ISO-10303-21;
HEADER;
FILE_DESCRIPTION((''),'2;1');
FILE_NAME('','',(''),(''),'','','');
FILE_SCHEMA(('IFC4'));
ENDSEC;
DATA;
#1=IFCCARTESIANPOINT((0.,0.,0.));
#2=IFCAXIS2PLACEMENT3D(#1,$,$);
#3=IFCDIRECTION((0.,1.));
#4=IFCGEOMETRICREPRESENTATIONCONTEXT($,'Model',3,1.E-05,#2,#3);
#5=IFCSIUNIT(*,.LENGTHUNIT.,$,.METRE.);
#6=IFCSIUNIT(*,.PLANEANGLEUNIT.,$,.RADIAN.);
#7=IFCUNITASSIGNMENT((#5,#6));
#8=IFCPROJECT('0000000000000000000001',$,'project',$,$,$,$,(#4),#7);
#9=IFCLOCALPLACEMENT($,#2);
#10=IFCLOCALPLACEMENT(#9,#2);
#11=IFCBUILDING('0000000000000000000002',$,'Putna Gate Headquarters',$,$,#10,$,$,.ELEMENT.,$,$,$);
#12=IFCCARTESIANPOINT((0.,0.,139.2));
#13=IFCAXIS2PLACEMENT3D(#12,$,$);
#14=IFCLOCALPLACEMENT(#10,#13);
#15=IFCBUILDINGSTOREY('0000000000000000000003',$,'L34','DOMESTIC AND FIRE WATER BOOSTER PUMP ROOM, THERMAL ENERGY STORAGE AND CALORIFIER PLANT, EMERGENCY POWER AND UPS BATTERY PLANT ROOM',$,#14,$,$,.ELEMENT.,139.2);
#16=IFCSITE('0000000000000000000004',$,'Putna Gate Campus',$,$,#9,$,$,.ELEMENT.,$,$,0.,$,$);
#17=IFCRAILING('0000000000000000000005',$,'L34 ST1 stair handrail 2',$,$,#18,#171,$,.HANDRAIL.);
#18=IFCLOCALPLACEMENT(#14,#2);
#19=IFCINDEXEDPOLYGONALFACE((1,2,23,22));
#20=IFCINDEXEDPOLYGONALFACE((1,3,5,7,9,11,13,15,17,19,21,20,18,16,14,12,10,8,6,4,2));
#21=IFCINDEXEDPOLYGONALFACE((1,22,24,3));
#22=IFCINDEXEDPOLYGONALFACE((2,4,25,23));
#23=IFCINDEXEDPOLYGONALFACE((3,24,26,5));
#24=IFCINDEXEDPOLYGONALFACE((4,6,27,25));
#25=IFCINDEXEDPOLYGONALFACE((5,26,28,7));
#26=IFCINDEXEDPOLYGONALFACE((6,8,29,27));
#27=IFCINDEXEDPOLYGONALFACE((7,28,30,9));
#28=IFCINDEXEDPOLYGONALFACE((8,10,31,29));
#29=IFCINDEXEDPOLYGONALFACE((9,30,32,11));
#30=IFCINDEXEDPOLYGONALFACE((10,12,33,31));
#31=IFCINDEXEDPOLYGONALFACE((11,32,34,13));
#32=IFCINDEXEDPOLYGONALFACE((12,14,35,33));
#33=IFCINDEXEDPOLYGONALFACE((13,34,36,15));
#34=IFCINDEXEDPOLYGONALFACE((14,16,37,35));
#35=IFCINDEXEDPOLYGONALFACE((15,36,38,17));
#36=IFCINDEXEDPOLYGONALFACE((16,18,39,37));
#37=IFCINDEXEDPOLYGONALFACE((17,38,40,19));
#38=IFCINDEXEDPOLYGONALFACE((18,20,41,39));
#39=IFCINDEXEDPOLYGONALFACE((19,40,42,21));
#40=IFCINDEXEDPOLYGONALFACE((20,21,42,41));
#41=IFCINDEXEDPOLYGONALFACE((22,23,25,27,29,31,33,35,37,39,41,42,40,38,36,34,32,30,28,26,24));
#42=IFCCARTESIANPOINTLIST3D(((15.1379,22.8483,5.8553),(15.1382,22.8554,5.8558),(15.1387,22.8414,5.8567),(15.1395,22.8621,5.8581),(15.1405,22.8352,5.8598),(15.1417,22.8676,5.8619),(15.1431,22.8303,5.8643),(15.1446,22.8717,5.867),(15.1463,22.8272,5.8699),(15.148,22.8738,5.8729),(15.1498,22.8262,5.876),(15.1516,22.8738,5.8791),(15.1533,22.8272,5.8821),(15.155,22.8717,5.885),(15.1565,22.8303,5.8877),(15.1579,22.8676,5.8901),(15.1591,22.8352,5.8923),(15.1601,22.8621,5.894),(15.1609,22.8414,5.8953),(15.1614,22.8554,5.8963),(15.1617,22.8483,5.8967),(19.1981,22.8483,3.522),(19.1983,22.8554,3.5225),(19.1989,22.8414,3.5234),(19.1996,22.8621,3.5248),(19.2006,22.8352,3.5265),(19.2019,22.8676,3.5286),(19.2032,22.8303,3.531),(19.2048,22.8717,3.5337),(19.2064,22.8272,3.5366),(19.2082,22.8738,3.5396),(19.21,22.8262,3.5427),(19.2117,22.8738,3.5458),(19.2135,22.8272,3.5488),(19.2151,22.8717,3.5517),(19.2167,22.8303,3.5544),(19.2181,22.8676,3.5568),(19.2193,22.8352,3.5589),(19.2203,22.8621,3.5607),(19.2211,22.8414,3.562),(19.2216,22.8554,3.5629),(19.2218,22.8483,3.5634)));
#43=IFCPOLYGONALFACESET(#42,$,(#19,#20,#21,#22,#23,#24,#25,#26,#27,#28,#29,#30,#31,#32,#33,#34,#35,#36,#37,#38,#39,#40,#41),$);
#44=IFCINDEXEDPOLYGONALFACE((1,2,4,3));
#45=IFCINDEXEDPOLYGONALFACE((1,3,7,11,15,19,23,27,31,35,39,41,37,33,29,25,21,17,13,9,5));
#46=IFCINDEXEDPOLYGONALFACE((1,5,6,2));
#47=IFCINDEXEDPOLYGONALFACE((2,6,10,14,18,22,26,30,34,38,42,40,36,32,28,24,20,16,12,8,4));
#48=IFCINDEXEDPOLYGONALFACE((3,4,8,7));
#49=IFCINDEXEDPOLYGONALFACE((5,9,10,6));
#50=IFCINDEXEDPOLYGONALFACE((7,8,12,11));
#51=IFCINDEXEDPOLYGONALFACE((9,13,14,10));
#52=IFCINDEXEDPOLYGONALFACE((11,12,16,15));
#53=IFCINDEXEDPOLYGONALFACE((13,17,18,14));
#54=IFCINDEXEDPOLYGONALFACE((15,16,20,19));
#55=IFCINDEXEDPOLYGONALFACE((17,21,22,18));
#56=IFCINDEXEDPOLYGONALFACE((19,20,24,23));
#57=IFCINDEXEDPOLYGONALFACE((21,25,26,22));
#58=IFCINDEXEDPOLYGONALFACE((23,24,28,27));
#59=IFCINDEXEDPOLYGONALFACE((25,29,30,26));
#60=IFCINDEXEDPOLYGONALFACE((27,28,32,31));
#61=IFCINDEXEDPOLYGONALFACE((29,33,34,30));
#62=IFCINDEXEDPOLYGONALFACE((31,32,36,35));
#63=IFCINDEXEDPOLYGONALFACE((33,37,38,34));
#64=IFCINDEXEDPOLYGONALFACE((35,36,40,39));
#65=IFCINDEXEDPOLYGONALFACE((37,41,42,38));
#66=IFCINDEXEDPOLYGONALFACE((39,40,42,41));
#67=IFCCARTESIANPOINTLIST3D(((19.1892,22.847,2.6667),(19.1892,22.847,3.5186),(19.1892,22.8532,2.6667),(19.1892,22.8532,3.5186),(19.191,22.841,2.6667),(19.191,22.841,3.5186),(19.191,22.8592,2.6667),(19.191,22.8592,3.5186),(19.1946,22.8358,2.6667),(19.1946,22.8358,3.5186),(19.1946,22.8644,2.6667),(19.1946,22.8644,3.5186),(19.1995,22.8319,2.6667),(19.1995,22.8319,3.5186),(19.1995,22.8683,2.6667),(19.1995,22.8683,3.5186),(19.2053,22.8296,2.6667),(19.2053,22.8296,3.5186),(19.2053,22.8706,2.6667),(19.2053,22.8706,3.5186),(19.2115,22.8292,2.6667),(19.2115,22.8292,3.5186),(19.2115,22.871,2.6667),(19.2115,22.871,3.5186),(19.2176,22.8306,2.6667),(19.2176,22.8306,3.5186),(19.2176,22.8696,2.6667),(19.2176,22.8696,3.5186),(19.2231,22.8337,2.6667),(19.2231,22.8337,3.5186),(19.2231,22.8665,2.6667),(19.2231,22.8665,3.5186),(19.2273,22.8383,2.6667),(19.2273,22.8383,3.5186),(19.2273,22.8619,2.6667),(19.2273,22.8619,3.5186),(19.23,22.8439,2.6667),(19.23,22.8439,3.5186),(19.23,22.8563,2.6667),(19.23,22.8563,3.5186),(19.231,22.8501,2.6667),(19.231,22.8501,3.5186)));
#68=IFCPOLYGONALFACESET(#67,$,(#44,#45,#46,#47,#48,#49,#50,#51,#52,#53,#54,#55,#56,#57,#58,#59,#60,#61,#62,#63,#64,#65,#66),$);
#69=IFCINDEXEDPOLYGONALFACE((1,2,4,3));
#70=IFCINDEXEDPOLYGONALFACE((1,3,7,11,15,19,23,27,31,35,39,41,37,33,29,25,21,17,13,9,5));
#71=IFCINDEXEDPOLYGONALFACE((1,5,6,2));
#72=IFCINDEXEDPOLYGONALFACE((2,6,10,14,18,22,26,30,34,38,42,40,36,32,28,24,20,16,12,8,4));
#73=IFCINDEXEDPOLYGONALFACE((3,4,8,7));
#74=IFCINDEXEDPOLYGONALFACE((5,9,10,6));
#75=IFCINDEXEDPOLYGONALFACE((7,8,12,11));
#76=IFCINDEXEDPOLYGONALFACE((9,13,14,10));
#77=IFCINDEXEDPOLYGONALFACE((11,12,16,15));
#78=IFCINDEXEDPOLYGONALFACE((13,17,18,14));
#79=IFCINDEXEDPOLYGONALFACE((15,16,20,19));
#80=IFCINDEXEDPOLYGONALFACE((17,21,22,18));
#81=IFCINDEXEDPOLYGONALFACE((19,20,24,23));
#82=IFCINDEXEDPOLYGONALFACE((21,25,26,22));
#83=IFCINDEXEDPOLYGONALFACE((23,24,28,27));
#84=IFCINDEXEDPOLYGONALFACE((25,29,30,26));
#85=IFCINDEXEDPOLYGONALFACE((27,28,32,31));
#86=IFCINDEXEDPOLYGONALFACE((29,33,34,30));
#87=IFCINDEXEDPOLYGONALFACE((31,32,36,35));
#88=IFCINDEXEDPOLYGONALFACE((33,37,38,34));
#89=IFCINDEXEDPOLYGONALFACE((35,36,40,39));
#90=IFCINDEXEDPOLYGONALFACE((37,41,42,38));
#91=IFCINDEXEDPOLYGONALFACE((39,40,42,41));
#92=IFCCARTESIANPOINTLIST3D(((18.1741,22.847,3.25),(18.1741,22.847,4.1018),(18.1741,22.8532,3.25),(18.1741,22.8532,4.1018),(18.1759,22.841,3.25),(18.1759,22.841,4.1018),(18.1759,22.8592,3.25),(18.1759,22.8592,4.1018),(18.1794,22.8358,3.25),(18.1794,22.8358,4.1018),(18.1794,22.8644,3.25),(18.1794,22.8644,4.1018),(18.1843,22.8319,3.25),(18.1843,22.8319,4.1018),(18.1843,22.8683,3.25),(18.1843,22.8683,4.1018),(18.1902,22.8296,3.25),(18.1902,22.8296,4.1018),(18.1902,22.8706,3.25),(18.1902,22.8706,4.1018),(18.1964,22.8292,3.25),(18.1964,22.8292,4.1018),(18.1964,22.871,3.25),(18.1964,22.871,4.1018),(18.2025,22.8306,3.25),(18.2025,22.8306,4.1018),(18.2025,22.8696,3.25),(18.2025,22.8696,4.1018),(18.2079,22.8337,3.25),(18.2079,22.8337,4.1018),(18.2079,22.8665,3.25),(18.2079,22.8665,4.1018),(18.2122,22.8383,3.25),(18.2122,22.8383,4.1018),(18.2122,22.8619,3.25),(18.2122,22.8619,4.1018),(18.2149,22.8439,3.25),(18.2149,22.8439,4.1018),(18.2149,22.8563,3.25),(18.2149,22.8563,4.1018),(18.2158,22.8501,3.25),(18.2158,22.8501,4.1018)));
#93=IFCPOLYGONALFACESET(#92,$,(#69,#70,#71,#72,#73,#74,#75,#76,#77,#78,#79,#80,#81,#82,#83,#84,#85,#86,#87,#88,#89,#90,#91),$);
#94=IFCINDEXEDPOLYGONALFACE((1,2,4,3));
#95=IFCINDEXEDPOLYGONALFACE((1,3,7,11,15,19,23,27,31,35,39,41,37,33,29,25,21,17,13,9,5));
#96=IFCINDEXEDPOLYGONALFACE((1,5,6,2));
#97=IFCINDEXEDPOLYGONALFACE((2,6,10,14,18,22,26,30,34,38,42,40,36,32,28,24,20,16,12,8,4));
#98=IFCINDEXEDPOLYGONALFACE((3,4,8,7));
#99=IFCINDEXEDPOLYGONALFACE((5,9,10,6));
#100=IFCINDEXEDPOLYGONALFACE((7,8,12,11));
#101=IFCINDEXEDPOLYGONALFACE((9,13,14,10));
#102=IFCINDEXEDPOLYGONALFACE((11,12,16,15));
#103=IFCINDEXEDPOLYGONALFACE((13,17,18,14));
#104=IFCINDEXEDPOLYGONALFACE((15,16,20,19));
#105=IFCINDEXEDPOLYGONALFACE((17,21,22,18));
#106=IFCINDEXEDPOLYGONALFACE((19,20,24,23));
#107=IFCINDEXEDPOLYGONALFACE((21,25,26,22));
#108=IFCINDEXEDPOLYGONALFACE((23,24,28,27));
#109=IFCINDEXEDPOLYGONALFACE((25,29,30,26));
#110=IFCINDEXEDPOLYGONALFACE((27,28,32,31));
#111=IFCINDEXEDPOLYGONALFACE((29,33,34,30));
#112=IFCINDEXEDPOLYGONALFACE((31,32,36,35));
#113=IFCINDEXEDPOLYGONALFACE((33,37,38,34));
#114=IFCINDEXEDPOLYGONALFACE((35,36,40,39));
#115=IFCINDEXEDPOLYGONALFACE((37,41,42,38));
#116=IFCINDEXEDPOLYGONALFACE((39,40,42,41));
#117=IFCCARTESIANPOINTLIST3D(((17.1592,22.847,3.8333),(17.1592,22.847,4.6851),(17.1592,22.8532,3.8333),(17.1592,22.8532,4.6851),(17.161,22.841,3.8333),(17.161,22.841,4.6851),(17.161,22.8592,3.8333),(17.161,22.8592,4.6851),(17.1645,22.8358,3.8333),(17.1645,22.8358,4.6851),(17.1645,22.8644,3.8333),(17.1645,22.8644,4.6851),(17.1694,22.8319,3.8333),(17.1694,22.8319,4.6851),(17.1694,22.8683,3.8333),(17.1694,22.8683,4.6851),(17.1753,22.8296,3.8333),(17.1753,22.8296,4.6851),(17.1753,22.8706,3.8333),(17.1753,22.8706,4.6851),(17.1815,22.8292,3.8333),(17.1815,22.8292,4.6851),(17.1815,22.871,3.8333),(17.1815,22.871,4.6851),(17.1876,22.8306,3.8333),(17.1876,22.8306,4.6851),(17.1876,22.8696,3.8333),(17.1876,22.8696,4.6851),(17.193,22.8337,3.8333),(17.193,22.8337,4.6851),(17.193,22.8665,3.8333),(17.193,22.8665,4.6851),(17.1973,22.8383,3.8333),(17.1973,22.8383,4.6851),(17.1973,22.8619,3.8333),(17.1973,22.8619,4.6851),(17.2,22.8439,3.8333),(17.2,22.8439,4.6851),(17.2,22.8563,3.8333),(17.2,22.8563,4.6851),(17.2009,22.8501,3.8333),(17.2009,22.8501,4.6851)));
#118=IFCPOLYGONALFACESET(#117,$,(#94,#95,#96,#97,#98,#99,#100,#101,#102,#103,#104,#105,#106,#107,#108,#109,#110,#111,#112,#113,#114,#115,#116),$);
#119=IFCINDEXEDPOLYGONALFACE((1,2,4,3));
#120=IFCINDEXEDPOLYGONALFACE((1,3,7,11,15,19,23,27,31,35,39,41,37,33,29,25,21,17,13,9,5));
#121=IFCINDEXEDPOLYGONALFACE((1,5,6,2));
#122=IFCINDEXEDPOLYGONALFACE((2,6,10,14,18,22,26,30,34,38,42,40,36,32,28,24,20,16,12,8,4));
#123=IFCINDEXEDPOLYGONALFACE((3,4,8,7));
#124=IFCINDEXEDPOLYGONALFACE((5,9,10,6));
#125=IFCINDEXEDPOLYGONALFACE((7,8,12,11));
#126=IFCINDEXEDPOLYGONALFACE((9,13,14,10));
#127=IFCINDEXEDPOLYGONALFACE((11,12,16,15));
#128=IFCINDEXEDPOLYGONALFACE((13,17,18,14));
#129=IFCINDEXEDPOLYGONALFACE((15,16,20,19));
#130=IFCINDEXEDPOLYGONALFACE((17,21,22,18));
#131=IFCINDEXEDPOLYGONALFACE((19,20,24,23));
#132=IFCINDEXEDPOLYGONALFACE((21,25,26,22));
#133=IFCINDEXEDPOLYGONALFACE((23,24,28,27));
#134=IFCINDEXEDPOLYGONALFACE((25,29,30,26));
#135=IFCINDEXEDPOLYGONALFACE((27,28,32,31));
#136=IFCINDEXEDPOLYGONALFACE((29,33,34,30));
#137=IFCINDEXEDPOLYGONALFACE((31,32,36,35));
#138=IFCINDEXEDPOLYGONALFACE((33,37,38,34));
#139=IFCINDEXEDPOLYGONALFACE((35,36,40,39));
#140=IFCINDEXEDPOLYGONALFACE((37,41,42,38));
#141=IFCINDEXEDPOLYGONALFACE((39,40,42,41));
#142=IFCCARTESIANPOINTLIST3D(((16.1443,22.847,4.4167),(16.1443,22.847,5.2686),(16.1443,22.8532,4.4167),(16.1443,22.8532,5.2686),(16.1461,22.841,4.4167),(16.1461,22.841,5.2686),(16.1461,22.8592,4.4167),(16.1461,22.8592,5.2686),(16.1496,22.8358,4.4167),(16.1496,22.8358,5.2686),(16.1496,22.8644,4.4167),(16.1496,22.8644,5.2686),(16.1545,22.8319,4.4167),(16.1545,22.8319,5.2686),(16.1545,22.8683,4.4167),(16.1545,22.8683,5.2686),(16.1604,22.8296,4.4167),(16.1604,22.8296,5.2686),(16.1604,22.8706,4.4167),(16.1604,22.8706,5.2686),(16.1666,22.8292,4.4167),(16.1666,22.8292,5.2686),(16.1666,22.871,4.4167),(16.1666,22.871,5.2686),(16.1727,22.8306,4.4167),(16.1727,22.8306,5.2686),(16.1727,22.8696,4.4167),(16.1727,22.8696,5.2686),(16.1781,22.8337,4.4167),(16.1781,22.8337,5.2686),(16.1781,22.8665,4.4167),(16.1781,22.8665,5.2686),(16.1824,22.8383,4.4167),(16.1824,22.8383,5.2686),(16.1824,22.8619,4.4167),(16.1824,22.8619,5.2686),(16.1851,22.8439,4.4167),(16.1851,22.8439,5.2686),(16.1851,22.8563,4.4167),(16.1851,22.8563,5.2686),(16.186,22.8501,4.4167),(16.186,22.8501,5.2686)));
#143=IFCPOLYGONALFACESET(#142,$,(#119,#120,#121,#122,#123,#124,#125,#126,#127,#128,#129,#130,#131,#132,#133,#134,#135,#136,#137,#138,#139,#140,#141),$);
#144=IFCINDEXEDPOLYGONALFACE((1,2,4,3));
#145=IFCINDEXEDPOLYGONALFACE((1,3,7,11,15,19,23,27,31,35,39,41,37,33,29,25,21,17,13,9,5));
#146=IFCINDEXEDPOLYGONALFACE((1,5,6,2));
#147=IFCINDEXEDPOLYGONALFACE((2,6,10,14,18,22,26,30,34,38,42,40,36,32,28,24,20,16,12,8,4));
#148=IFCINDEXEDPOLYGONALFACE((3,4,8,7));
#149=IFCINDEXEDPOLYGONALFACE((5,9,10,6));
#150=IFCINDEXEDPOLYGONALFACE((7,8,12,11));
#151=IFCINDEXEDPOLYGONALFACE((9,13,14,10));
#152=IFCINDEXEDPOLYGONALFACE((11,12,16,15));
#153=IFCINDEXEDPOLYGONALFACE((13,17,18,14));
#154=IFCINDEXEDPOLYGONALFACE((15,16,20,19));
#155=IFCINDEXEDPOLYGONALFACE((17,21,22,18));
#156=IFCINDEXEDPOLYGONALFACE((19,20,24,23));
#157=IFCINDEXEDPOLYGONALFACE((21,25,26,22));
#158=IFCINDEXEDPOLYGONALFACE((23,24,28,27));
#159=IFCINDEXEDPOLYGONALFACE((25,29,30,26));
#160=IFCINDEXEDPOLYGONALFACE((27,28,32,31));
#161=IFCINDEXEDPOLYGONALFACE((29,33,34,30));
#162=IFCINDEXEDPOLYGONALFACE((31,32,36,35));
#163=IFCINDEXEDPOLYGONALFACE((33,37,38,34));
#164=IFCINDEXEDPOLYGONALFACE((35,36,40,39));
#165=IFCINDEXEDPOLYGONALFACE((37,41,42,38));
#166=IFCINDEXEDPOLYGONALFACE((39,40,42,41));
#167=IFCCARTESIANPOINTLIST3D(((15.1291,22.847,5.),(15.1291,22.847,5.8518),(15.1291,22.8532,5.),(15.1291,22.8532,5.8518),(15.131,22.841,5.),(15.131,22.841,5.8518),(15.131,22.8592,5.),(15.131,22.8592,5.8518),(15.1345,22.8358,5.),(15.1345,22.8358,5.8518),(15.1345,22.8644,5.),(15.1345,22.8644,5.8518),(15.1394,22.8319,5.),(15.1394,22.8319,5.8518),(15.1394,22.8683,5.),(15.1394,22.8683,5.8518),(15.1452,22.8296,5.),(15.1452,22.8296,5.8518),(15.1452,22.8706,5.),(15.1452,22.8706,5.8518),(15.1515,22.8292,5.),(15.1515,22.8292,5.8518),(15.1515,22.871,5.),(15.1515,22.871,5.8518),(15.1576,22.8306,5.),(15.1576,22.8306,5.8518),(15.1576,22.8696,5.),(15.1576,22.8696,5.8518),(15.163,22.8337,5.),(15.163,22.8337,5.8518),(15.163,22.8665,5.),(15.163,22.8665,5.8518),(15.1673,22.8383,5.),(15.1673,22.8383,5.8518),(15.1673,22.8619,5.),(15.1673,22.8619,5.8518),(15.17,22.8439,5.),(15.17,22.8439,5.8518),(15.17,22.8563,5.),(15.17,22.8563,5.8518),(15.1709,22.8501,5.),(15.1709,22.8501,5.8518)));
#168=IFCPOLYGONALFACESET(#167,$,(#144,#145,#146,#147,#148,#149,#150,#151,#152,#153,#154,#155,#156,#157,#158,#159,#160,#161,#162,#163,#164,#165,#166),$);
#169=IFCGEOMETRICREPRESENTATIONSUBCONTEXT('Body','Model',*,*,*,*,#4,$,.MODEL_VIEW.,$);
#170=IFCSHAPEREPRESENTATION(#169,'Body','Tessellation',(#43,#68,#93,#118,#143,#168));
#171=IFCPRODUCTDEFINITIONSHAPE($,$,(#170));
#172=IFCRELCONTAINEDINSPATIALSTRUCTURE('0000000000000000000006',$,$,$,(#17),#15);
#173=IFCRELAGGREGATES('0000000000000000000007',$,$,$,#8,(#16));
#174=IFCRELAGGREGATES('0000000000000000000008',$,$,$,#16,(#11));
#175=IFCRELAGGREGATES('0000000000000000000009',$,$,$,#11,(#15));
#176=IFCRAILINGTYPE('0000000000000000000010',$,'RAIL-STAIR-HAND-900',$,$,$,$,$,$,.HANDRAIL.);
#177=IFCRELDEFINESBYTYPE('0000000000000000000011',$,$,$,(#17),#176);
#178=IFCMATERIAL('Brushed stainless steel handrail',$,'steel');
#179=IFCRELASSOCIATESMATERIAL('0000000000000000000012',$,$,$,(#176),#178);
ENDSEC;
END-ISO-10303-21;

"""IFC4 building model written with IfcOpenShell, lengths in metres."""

from ifc_helpers import new_model, si_unit, direction, frame, origin, origin_2d, place, context, subcontext, project, spatial, circle, extrude, material, type_object, element, save


model = new_model("IFC4")

# Units and contexts
model_context = context("Model", 3, precision=1e-05, world=origin(), true_north=direction((0.0, 1.0)))
body_context = subcontext(model_context, "Body", "Model", "MODEL_VIEW")
ifc_project = project(units=[si_unit("LENGTHUNIT", "METRE"), si_unit("PLANEANGLEUNIT", "RADIAN")], contexts=[model_context])

# Site, building, storey
site_placement = place(None, origin())
site = spatial("IfcSite", under=ifc_project, at=site_placement, Name="Putna Gate Campus", CompositionType="ELEMENT", RefElevation=0.0)
building_placement = place(site_placement, origin())
building = spatial("IfcBuilding", under=site, at=building_placement, Name="Putna Gate Headquarters", CompositionType="ELEMENT")
storey_placement = place(building_placement, frame((0.0, 0.0, 139.2)))
storey = spatial("IfcBuildingStorey", under=building, at=storey_placement, Name="L34", Description="DOMESTIC AND FIRE WATER BOOSTER PUMP ROOM, THERMAL ENERGY STORAGE AND CALORIFIER PLANT, EMERGENCY POWER AND UPS BATTERY PLANT ROOM", CompositionType="ELEMENT", Elevation=139.2)

# Railing
ifc_material_1 = material(Name="Brushed stainless steel handrail", Category="steel")
railing_type_1 = type_object("IfcRailingType", Name="RAIL-STAIR-HAND-900", PredefinedType="HANDRAIL", material=ifc_material_1)
railing_1_placement = place(storey_placement, frame((19.21, 22.8501, 2.6667)))
element("IfcRailing", 1, at=railing_1_placement, inside=storey, type_object=railing_type_1, Name="L34 ST1 stair handrail 2", PredefinedType="HANDRAIL", context=body_context, shape_type="SweptSolid", body=[
    extrude(circle(Radius=0.0239, at=origin_2d()), frame((0.0, 0.0, 0.876), z_axis=(-0.867025, 0.0, 0.498265), x_axis=(0.0, -1.0, 0.0)), (0.0, 0.0, 1.0), 4.6829),
    extrude(circle(Radius=0.021, at=origin_2d()), origin(), (0.0, 0.0, 1.0), 0.8518),
    extrude(circle(Radius=0.021, at=origin_2d()), frame((-1.0151, 0.0, 0.5833)), (0.0, 0.0, 1.0), 0.8518),
    extrude(circle(Radius=0.021, at=origin_2d()), frame((-2.03, 0.0, 1.1665)), (0.0, 0.0, 1.0), 0.8518),
    extrude(circle(Radius=0.021, at=origin_2d()), frame((-3.0449, 0.0, 1.75)), (0.0, 0.0, 1.0), 0.8518),
    extrude(circle(Radius=0.021, at=origin_2d()), frame((-4.0601, 0.0, 2.3333)), (0.0, 0.0, 1.0), 0.8518),
])

save(model, "model.ifc")
